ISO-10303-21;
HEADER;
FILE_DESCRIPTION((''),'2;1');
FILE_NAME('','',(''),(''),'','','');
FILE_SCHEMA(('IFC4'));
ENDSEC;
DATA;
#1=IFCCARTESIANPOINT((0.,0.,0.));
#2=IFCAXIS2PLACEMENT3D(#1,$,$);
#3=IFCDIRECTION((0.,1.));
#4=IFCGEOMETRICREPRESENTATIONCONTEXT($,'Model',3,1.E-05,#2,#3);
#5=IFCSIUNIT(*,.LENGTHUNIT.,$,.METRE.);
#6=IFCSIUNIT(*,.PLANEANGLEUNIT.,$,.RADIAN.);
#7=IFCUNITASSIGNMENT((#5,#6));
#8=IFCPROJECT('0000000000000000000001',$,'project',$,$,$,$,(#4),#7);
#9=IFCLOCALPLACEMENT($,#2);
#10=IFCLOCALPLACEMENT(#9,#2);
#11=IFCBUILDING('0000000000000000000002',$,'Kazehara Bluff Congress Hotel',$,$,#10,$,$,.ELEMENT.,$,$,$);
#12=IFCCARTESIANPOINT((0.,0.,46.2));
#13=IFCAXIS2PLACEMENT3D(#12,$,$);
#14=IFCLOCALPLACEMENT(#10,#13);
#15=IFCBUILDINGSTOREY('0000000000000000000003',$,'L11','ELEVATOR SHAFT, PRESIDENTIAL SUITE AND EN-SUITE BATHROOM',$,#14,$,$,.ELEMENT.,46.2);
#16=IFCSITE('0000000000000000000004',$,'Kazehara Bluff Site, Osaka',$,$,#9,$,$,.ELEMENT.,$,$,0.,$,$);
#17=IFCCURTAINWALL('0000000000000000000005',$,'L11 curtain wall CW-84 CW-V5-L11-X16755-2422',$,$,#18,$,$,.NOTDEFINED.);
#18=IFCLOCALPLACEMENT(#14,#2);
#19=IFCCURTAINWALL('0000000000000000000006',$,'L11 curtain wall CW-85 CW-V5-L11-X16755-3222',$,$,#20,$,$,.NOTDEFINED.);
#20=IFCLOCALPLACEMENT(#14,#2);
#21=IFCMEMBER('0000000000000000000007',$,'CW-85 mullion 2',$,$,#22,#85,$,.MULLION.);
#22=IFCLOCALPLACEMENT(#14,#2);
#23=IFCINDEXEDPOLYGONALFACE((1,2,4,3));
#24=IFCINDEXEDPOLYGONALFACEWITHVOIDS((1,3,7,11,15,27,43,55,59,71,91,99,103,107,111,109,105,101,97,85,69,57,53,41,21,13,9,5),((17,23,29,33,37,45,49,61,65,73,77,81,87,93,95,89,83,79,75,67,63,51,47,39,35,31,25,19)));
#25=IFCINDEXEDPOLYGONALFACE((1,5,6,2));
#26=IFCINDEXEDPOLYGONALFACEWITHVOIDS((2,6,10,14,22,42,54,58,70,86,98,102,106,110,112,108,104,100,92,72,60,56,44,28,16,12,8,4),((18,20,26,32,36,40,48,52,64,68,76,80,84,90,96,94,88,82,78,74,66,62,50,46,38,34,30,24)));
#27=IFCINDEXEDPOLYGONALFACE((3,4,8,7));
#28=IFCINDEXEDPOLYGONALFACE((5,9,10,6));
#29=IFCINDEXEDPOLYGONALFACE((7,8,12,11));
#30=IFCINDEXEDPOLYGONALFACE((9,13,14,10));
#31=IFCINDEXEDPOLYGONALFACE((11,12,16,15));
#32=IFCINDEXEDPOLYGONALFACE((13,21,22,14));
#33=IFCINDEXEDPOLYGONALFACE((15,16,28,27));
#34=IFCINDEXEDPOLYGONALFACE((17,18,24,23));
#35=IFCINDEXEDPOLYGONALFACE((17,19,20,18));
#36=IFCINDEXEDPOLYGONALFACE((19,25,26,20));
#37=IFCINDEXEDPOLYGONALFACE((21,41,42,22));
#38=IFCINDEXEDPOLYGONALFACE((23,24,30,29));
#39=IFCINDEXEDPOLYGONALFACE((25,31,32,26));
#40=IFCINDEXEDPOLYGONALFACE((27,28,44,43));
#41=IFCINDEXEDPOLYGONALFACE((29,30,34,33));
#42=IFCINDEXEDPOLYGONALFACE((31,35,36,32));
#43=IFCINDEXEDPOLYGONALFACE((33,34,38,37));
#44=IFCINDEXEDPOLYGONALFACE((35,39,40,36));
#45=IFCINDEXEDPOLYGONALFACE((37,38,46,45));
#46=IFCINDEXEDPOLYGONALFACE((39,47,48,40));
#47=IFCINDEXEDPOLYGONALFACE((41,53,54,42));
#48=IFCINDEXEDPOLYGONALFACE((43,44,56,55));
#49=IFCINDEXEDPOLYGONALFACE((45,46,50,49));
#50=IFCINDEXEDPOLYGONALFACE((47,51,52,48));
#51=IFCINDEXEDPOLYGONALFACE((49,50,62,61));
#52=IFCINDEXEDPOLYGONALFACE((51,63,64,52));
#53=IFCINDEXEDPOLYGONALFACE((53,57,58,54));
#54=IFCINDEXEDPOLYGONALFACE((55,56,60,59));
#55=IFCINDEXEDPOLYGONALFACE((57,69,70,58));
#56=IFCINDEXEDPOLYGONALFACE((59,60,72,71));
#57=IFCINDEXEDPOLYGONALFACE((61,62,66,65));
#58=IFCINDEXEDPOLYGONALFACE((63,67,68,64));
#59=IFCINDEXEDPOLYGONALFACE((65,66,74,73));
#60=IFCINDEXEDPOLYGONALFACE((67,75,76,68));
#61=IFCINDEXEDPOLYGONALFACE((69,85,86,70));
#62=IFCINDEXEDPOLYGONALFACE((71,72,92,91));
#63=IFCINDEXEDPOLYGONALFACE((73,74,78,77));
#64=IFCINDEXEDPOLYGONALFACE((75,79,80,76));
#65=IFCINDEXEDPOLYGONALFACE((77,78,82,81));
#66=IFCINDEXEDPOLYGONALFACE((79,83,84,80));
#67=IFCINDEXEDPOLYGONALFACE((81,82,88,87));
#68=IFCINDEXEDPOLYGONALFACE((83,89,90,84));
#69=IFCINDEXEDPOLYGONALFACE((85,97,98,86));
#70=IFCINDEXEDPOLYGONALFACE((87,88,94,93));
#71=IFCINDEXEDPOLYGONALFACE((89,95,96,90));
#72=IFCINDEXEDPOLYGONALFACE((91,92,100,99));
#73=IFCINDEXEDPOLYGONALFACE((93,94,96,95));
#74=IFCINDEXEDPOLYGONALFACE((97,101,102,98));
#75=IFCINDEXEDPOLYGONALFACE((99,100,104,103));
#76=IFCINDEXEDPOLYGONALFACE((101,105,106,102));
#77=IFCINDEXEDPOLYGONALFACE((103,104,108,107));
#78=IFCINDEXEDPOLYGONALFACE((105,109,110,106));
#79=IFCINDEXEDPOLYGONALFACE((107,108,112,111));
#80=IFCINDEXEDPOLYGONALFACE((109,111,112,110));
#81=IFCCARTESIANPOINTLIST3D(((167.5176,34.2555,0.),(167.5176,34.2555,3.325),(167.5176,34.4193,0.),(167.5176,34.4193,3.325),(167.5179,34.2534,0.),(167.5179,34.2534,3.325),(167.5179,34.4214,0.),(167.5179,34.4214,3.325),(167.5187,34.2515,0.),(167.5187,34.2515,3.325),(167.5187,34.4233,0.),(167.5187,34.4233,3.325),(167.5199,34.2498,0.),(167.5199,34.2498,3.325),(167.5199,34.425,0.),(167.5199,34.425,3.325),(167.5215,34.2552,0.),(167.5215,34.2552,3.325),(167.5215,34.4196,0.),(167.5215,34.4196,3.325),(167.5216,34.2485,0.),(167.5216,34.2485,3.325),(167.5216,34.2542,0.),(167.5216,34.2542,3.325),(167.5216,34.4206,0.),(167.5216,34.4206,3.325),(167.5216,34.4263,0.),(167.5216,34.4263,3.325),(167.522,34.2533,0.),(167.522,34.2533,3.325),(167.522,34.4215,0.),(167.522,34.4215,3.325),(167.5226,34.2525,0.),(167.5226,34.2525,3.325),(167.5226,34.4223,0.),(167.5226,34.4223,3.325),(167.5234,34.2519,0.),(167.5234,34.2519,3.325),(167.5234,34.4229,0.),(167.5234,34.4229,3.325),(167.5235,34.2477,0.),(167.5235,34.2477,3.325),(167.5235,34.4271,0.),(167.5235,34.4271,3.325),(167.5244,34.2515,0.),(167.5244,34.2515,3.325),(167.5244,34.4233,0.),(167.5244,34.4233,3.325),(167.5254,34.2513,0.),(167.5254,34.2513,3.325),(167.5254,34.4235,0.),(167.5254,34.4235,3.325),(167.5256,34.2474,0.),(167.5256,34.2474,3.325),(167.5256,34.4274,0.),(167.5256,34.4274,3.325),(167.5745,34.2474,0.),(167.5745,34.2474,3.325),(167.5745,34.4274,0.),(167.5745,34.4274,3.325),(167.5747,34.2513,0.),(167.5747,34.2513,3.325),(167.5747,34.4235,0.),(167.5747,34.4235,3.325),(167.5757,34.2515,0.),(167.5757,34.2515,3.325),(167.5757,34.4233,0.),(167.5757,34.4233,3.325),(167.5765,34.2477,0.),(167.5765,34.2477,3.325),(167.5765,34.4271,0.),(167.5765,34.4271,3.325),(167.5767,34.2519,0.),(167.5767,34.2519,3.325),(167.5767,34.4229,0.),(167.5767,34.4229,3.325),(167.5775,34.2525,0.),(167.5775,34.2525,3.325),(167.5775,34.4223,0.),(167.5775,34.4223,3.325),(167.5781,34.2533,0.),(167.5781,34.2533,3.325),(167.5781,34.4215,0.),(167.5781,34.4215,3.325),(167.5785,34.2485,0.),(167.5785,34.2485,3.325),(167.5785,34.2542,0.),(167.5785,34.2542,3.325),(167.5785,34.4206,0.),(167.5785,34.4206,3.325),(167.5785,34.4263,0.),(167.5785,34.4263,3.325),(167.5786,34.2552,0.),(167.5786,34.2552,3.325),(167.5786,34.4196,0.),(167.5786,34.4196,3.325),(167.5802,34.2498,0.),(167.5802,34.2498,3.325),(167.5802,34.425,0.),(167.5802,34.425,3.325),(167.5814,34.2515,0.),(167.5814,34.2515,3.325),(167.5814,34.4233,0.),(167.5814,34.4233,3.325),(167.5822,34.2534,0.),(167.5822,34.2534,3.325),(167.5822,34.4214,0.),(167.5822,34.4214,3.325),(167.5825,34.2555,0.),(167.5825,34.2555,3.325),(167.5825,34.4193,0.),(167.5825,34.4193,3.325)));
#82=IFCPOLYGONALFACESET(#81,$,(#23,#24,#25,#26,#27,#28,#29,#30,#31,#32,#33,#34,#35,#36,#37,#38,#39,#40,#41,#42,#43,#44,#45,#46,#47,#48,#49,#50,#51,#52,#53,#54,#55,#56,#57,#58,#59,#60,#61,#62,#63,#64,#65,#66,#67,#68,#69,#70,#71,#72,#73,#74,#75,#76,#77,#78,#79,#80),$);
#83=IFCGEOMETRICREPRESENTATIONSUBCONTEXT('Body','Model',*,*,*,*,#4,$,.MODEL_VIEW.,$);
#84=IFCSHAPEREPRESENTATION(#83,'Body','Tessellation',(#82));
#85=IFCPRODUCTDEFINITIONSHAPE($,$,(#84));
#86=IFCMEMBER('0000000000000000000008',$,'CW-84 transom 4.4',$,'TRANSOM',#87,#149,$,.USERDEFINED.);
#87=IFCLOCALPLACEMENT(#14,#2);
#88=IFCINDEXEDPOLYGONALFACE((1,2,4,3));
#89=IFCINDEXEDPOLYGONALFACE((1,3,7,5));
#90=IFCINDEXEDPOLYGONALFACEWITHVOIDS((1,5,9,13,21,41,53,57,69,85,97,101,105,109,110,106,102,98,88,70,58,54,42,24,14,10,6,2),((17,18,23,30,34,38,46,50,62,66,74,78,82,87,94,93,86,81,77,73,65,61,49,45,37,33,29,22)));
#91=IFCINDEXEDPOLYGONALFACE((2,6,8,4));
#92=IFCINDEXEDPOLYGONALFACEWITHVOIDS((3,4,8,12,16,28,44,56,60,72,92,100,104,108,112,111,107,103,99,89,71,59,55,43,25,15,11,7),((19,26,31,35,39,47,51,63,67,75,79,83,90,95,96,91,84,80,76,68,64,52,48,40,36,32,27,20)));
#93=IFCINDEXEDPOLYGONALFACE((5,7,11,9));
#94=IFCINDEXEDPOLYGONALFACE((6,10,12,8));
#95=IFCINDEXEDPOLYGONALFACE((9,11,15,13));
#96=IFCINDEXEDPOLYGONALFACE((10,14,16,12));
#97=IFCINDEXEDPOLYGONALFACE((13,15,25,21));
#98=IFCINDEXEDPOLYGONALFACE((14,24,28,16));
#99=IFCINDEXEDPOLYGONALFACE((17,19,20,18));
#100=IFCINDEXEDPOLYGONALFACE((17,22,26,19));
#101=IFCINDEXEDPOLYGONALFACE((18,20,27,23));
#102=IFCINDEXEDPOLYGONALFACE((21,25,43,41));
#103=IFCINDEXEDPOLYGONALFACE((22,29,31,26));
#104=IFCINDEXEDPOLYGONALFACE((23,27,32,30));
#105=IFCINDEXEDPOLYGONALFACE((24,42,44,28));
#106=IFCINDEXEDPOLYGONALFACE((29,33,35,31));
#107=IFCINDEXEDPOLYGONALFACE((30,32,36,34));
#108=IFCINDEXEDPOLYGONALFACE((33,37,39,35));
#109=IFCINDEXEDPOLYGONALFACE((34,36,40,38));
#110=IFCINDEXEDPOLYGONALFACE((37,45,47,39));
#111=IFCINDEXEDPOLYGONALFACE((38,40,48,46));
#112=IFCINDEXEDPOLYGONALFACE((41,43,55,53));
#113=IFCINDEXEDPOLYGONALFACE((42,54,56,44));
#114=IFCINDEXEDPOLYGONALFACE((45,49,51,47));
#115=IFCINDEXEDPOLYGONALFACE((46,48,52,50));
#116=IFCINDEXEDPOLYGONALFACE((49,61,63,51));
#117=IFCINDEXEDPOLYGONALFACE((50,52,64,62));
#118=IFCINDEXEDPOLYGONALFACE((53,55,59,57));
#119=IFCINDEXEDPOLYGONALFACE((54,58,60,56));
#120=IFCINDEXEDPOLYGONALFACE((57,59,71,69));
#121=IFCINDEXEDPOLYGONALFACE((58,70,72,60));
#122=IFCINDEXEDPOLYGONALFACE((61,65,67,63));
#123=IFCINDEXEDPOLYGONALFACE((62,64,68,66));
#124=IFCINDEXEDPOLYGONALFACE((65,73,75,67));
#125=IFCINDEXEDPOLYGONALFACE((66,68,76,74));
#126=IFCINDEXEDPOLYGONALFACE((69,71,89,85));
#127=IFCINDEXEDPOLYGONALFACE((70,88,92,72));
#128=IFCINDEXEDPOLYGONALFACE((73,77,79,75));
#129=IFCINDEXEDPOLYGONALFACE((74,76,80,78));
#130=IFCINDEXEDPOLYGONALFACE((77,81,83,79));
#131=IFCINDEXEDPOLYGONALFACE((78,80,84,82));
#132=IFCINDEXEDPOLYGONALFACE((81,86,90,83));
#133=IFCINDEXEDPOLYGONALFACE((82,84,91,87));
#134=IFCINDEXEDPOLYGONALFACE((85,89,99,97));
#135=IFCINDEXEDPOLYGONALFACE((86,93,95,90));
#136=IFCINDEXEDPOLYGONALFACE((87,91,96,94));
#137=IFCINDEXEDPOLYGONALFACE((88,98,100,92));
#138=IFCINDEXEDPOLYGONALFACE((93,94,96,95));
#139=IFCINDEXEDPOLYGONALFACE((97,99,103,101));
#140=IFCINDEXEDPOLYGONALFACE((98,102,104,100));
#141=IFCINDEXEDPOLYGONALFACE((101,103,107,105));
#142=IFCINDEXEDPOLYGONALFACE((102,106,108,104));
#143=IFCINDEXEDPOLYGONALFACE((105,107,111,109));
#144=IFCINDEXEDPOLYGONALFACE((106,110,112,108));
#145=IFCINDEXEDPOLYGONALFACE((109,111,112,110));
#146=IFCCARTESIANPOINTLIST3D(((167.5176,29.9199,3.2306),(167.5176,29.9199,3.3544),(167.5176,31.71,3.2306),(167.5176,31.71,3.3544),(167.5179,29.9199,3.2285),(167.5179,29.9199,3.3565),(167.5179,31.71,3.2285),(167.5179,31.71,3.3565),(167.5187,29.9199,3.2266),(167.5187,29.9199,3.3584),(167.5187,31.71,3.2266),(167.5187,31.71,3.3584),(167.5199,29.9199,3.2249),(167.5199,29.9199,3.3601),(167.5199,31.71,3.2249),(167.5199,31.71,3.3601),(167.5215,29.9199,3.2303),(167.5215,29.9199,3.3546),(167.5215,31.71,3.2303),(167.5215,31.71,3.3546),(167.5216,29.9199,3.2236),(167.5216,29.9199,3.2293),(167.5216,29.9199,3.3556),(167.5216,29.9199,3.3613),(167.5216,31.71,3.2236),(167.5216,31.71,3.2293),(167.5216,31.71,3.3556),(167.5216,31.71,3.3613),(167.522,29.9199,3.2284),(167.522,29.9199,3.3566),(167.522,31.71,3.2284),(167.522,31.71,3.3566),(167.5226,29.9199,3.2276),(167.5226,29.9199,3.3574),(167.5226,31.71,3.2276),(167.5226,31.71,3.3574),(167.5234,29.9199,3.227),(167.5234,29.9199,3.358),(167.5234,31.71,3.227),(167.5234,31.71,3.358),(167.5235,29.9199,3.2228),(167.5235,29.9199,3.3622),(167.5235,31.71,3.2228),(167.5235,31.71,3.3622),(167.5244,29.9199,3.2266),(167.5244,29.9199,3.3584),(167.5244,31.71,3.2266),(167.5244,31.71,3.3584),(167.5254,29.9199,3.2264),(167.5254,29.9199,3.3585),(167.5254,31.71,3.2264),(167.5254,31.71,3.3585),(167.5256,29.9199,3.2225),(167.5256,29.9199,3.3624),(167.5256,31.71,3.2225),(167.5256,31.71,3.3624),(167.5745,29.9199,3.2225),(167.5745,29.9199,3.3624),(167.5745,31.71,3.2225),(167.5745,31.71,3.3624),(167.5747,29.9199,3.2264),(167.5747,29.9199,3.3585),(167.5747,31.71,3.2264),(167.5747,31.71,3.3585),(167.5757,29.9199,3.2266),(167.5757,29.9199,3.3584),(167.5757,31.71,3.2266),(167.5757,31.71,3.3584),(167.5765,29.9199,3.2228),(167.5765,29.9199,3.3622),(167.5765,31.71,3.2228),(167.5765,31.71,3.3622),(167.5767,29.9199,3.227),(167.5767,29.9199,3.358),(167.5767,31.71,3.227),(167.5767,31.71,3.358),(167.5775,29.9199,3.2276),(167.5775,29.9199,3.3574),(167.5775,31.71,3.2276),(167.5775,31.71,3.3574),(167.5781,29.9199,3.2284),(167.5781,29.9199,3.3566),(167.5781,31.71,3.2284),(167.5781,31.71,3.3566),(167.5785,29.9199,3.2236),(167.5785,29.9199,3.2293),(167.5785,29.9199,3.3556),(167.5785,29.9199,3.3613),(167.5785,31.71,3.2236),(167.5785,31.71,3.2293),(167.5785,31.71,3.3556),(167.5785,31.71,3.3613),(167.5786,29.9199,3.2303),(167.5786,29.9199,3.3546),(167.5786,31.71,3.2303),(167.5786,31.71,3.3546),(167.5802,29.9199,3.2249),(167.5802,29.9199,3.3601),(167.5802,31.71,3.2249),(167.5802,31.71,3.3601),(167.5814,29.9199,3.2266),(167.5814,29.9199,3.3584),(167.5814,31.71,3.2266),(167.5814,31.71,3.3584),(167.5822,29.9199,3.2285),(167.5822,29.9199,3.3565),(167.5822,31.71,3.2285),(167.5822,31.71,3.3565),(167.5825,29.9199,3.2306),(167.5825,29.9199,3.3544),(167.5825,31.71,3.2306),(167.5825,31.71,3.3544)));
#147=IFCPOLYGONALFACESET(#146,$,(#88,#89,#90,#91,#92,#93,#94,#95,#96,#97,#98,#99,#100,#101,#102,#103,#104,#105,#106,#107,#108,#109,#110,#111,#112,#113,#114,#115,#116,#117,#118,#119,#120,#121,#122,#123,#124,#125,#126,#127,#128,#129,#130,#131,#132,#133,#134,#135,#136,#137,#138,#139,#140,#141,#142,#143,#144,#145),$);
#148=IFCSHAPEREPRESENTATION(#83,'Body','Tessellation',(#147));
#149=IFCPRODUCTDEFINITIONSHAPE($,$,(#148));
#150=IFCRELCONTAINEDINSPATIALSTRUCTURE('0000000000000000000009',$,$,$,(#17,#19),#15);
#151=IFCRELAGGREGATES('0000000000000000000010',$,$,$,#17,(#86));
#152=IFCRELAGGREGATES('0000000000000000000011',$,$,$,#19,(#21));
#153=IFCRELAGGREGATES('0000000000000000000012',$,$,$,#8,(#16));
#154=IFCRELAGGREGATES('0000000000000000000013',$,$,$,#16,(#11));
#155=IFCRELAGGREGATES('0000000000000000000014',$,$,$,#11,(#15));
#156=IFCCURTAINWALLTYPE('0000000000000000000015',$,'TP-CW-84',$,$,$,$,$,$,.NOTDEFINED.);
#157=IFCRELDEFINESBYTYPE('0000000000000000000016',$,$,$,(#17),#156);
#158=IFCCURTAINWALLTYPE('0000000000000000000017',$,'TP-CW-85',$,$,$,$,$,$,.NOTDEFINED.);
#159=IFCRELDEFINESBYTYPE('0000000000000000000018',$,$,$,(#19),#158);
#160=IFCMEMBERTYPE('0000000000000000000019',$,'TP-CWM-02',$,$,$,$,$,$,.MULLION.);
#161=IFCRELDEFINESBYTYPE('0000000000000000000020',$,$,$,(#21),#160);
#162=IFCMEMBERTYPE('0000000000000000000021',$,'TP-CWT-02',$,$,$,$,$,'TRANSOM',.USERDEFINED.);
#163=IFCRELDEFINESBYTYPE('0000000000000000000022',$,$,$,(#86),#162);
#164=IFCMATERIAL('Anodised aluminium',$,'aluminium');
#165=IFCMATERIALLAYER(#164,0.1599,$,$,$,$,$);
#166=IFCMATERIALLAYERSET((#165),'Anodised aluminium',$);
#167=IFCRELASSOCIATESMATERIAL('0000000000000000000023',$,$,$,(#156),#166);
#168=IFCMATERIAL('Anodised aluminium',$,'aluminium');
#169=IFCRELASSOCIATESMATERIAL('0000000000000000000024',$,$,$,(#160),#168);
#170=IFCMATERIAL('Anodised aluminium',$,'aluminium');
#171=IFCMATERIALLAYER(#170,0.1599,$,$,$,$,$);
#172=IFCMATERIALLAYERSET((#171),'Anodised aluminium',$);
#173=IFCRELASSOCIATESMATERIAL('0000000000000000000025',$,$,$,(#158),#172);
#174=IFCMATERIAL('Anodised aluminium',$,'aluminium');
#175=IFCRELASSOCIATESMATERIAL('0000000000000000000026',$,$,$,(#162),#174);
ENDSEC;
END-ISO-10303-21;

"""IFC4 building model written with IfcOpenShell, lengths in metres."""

from ifc_helpers import new_model, si_unit, direction, frame, origin, origin_2d, place, context, subcontext, project, spatial, hollow_rectangle, extrude, material, layer, layer_set, material_profile, profile_set, type_object, element, aggregate, save


model = new_model("IFC4")

# Units and contexts
model_context = context("Model", 3, precision=1e-05, world=origin(), true_north=direction((0.0, 1.0)))
body_context = subcontext(model_context, "Body", "Model", "MODEL_VIEW")
ifc_project = project(units=[si_unit("LENGTHUNIT", "METRE"), si_unit("PLANEANGLEUNIT", "RADIAN")], contexts=[model_context])

# Site, building, storey
site_placement = place(None, origin())
site = spatial("IfcSite", under=ifc_project, at=site_placement, Name="Kazehara Bluff Site, Osaka", CompositionType="ELEMENT", RefElevation=0.0)
building_placement = place(site_placement, origin())
building = spatial("IfcBuilding", under=site, at=building_placement, Name="Kazehara Bluff Congress Hotel", CompositionType="ELEMENT")
storey_placement = place(building_placement, frame((0.0, 0.0, 46.2)))
storey = spatial("IfcBuildingStorey", under=building, at=storey_placement, Name="L11", Description="ELEVATOR SHAFT, PRESIDENTIAL SUITE AND EN-SUITE BATHROOM", CompositionType="ELEMENT", Elevation=46.2)

# Curtain wall
ifc_material_1 = material(Name="Anodised aluminium", Category="aluminium")
ifc_layer_1 = layer(ifc_material_1, 0.1599)
ifc_layer_set_1 = layer_set([ifc_layer_1], Name="Anodised aluminium")
curtain_wall_type_1 = type_object("IfcCurtainWallType", Name="TP-CW-84", PredefinedType="NOTDEFINED", material=ifc_layer_set_1)
curtain_wall_1_placement = place(storey_placement, origin())
curtain_wall_1 = element("IfcCurtainWall", 1, at=curtain_wall_1_placement, inside=storey, type_object=curtain_wall_type_1, Name="L11 curtain wall CW-84 CW-V5-L11-X16755-2422", PredefinedType="NOTDEFINED")
ifc_material_2 = material(Name="Anodised aluminium", Category="aluminium")
ifc_material_profile_1 = material_profile(ifc_material_2, hollow_rectangle(XDim=0.0649, YDim=0.1799, WallThickness=0.0039, InnerFilletRadius=0.0039, OuterFilletRadius=0.0081, at=origin_2d()))
ifc_profile_set_1 = profile_set([ifc_material_profile_1], Name="Anodised aluminium")
member_type_1 = type_object("IfcMemberType", Name="TP-CWM-02", PredefinedType="MULLION", material=ifc_profile_set_1)

# Curtain wall, member
ifc_material_3 = material(Name="Anodised aluminium", Category="aluminium")
ifc_layer_2 = layer(ifc_material_3, 0.1599)
ifc_layer_set_2 = layer_set([ifc_layer_2], Name="Anodised aluminium")
curtain_wall_type_2 = type_object("IfcCurtainWallType", Name="TP-CW-85", PredefinedType="NOTDEFINED", material=ifc_layer_set_2)
curtain_wall_2_placement = place(storey_placement, origin())
curtain_wall_2 = element("IfcCurtainWall", 2, at=curtain_wall_2_placement, inside=storey, type_object=curtain_wall_type_2, Name="L11 curtain wall CW-85 CW-V5-L11-X16755-3222", PredefinedType="NOTDEFINED")
member_1_placement = place(storey_placement, frame((167.55, 34.3374, 0.0), z_axis=(0.0, 0.0, 1.0), x_axis=(-1.0, 0.0, 0.0)))
member_1 = element("IfcMember", 3, at=member_1_placement, type_object=member_type_1, Name="CW-85 mullion 2", PredefinedType="MULLION", context=body_context, shape_type="SweptSolid", body=[
    extrude(hollow_rectangle(XDim=0.0649, YDim=0.1799, WallThickness=0.0039, InnerFilletRadius=0.0039, OuterFilletRadius=0.0081, at=origin_2d()), origin(), (0.0, 0.0, 1.0), 3.325),
])

# Member
ifc_material_4 = material(Name="Anodised aluminium", Category="aluminium")
ifc_material_profile_2 = material_profile(ifc_material_4, hollow_rectangle(XDim=0.0649, YDim=0.1399, WallThickness=0.0039, InnerFilletRadius=0.0039, OuterFilletRadius=0.0081, at=origin_2d()))
ifc_profile_set_2 = profile_set([ifc_material_profile_2], Name="Anodised aluminium")
member_type_2 = type_object("IfcMemberType", Name="TP-CWT-02", ElementType="TRANSOM", PredefinedType="USERDEFINED", material=ifc_profile_set_2)
member_2_placement = place(storey_placement, frame((167.55, 29.9199, 3.2925), z_axis=(0.0, 1.0, 0.0), x_axis=(-1.0, 0.0, 0.0)))
member_2 = element("IfcMember", 4, at=member_2_placement, type_object=member_type_2, Name="CW-84 transom 4.4", ObjectType="TRANSOM", PredefinedType="USERDEFINED", context=body_context, shape_type="SweptSolid", body=[
    extrude(hollow_rectangle(XDim=0.0649, YDim=0.1399, WallThickness=0.0039, InnerFilletRadius=0.0039, OuterFilletRadius=0.0081, at=origin_2d()), origin(), (0.0, 0.0, 1.0), 1.79),
])

aggregate(curtain_wall_1, [member_2])
aggregate(curtain_wall_2, [member_1])

save(model, "model.ifc")
